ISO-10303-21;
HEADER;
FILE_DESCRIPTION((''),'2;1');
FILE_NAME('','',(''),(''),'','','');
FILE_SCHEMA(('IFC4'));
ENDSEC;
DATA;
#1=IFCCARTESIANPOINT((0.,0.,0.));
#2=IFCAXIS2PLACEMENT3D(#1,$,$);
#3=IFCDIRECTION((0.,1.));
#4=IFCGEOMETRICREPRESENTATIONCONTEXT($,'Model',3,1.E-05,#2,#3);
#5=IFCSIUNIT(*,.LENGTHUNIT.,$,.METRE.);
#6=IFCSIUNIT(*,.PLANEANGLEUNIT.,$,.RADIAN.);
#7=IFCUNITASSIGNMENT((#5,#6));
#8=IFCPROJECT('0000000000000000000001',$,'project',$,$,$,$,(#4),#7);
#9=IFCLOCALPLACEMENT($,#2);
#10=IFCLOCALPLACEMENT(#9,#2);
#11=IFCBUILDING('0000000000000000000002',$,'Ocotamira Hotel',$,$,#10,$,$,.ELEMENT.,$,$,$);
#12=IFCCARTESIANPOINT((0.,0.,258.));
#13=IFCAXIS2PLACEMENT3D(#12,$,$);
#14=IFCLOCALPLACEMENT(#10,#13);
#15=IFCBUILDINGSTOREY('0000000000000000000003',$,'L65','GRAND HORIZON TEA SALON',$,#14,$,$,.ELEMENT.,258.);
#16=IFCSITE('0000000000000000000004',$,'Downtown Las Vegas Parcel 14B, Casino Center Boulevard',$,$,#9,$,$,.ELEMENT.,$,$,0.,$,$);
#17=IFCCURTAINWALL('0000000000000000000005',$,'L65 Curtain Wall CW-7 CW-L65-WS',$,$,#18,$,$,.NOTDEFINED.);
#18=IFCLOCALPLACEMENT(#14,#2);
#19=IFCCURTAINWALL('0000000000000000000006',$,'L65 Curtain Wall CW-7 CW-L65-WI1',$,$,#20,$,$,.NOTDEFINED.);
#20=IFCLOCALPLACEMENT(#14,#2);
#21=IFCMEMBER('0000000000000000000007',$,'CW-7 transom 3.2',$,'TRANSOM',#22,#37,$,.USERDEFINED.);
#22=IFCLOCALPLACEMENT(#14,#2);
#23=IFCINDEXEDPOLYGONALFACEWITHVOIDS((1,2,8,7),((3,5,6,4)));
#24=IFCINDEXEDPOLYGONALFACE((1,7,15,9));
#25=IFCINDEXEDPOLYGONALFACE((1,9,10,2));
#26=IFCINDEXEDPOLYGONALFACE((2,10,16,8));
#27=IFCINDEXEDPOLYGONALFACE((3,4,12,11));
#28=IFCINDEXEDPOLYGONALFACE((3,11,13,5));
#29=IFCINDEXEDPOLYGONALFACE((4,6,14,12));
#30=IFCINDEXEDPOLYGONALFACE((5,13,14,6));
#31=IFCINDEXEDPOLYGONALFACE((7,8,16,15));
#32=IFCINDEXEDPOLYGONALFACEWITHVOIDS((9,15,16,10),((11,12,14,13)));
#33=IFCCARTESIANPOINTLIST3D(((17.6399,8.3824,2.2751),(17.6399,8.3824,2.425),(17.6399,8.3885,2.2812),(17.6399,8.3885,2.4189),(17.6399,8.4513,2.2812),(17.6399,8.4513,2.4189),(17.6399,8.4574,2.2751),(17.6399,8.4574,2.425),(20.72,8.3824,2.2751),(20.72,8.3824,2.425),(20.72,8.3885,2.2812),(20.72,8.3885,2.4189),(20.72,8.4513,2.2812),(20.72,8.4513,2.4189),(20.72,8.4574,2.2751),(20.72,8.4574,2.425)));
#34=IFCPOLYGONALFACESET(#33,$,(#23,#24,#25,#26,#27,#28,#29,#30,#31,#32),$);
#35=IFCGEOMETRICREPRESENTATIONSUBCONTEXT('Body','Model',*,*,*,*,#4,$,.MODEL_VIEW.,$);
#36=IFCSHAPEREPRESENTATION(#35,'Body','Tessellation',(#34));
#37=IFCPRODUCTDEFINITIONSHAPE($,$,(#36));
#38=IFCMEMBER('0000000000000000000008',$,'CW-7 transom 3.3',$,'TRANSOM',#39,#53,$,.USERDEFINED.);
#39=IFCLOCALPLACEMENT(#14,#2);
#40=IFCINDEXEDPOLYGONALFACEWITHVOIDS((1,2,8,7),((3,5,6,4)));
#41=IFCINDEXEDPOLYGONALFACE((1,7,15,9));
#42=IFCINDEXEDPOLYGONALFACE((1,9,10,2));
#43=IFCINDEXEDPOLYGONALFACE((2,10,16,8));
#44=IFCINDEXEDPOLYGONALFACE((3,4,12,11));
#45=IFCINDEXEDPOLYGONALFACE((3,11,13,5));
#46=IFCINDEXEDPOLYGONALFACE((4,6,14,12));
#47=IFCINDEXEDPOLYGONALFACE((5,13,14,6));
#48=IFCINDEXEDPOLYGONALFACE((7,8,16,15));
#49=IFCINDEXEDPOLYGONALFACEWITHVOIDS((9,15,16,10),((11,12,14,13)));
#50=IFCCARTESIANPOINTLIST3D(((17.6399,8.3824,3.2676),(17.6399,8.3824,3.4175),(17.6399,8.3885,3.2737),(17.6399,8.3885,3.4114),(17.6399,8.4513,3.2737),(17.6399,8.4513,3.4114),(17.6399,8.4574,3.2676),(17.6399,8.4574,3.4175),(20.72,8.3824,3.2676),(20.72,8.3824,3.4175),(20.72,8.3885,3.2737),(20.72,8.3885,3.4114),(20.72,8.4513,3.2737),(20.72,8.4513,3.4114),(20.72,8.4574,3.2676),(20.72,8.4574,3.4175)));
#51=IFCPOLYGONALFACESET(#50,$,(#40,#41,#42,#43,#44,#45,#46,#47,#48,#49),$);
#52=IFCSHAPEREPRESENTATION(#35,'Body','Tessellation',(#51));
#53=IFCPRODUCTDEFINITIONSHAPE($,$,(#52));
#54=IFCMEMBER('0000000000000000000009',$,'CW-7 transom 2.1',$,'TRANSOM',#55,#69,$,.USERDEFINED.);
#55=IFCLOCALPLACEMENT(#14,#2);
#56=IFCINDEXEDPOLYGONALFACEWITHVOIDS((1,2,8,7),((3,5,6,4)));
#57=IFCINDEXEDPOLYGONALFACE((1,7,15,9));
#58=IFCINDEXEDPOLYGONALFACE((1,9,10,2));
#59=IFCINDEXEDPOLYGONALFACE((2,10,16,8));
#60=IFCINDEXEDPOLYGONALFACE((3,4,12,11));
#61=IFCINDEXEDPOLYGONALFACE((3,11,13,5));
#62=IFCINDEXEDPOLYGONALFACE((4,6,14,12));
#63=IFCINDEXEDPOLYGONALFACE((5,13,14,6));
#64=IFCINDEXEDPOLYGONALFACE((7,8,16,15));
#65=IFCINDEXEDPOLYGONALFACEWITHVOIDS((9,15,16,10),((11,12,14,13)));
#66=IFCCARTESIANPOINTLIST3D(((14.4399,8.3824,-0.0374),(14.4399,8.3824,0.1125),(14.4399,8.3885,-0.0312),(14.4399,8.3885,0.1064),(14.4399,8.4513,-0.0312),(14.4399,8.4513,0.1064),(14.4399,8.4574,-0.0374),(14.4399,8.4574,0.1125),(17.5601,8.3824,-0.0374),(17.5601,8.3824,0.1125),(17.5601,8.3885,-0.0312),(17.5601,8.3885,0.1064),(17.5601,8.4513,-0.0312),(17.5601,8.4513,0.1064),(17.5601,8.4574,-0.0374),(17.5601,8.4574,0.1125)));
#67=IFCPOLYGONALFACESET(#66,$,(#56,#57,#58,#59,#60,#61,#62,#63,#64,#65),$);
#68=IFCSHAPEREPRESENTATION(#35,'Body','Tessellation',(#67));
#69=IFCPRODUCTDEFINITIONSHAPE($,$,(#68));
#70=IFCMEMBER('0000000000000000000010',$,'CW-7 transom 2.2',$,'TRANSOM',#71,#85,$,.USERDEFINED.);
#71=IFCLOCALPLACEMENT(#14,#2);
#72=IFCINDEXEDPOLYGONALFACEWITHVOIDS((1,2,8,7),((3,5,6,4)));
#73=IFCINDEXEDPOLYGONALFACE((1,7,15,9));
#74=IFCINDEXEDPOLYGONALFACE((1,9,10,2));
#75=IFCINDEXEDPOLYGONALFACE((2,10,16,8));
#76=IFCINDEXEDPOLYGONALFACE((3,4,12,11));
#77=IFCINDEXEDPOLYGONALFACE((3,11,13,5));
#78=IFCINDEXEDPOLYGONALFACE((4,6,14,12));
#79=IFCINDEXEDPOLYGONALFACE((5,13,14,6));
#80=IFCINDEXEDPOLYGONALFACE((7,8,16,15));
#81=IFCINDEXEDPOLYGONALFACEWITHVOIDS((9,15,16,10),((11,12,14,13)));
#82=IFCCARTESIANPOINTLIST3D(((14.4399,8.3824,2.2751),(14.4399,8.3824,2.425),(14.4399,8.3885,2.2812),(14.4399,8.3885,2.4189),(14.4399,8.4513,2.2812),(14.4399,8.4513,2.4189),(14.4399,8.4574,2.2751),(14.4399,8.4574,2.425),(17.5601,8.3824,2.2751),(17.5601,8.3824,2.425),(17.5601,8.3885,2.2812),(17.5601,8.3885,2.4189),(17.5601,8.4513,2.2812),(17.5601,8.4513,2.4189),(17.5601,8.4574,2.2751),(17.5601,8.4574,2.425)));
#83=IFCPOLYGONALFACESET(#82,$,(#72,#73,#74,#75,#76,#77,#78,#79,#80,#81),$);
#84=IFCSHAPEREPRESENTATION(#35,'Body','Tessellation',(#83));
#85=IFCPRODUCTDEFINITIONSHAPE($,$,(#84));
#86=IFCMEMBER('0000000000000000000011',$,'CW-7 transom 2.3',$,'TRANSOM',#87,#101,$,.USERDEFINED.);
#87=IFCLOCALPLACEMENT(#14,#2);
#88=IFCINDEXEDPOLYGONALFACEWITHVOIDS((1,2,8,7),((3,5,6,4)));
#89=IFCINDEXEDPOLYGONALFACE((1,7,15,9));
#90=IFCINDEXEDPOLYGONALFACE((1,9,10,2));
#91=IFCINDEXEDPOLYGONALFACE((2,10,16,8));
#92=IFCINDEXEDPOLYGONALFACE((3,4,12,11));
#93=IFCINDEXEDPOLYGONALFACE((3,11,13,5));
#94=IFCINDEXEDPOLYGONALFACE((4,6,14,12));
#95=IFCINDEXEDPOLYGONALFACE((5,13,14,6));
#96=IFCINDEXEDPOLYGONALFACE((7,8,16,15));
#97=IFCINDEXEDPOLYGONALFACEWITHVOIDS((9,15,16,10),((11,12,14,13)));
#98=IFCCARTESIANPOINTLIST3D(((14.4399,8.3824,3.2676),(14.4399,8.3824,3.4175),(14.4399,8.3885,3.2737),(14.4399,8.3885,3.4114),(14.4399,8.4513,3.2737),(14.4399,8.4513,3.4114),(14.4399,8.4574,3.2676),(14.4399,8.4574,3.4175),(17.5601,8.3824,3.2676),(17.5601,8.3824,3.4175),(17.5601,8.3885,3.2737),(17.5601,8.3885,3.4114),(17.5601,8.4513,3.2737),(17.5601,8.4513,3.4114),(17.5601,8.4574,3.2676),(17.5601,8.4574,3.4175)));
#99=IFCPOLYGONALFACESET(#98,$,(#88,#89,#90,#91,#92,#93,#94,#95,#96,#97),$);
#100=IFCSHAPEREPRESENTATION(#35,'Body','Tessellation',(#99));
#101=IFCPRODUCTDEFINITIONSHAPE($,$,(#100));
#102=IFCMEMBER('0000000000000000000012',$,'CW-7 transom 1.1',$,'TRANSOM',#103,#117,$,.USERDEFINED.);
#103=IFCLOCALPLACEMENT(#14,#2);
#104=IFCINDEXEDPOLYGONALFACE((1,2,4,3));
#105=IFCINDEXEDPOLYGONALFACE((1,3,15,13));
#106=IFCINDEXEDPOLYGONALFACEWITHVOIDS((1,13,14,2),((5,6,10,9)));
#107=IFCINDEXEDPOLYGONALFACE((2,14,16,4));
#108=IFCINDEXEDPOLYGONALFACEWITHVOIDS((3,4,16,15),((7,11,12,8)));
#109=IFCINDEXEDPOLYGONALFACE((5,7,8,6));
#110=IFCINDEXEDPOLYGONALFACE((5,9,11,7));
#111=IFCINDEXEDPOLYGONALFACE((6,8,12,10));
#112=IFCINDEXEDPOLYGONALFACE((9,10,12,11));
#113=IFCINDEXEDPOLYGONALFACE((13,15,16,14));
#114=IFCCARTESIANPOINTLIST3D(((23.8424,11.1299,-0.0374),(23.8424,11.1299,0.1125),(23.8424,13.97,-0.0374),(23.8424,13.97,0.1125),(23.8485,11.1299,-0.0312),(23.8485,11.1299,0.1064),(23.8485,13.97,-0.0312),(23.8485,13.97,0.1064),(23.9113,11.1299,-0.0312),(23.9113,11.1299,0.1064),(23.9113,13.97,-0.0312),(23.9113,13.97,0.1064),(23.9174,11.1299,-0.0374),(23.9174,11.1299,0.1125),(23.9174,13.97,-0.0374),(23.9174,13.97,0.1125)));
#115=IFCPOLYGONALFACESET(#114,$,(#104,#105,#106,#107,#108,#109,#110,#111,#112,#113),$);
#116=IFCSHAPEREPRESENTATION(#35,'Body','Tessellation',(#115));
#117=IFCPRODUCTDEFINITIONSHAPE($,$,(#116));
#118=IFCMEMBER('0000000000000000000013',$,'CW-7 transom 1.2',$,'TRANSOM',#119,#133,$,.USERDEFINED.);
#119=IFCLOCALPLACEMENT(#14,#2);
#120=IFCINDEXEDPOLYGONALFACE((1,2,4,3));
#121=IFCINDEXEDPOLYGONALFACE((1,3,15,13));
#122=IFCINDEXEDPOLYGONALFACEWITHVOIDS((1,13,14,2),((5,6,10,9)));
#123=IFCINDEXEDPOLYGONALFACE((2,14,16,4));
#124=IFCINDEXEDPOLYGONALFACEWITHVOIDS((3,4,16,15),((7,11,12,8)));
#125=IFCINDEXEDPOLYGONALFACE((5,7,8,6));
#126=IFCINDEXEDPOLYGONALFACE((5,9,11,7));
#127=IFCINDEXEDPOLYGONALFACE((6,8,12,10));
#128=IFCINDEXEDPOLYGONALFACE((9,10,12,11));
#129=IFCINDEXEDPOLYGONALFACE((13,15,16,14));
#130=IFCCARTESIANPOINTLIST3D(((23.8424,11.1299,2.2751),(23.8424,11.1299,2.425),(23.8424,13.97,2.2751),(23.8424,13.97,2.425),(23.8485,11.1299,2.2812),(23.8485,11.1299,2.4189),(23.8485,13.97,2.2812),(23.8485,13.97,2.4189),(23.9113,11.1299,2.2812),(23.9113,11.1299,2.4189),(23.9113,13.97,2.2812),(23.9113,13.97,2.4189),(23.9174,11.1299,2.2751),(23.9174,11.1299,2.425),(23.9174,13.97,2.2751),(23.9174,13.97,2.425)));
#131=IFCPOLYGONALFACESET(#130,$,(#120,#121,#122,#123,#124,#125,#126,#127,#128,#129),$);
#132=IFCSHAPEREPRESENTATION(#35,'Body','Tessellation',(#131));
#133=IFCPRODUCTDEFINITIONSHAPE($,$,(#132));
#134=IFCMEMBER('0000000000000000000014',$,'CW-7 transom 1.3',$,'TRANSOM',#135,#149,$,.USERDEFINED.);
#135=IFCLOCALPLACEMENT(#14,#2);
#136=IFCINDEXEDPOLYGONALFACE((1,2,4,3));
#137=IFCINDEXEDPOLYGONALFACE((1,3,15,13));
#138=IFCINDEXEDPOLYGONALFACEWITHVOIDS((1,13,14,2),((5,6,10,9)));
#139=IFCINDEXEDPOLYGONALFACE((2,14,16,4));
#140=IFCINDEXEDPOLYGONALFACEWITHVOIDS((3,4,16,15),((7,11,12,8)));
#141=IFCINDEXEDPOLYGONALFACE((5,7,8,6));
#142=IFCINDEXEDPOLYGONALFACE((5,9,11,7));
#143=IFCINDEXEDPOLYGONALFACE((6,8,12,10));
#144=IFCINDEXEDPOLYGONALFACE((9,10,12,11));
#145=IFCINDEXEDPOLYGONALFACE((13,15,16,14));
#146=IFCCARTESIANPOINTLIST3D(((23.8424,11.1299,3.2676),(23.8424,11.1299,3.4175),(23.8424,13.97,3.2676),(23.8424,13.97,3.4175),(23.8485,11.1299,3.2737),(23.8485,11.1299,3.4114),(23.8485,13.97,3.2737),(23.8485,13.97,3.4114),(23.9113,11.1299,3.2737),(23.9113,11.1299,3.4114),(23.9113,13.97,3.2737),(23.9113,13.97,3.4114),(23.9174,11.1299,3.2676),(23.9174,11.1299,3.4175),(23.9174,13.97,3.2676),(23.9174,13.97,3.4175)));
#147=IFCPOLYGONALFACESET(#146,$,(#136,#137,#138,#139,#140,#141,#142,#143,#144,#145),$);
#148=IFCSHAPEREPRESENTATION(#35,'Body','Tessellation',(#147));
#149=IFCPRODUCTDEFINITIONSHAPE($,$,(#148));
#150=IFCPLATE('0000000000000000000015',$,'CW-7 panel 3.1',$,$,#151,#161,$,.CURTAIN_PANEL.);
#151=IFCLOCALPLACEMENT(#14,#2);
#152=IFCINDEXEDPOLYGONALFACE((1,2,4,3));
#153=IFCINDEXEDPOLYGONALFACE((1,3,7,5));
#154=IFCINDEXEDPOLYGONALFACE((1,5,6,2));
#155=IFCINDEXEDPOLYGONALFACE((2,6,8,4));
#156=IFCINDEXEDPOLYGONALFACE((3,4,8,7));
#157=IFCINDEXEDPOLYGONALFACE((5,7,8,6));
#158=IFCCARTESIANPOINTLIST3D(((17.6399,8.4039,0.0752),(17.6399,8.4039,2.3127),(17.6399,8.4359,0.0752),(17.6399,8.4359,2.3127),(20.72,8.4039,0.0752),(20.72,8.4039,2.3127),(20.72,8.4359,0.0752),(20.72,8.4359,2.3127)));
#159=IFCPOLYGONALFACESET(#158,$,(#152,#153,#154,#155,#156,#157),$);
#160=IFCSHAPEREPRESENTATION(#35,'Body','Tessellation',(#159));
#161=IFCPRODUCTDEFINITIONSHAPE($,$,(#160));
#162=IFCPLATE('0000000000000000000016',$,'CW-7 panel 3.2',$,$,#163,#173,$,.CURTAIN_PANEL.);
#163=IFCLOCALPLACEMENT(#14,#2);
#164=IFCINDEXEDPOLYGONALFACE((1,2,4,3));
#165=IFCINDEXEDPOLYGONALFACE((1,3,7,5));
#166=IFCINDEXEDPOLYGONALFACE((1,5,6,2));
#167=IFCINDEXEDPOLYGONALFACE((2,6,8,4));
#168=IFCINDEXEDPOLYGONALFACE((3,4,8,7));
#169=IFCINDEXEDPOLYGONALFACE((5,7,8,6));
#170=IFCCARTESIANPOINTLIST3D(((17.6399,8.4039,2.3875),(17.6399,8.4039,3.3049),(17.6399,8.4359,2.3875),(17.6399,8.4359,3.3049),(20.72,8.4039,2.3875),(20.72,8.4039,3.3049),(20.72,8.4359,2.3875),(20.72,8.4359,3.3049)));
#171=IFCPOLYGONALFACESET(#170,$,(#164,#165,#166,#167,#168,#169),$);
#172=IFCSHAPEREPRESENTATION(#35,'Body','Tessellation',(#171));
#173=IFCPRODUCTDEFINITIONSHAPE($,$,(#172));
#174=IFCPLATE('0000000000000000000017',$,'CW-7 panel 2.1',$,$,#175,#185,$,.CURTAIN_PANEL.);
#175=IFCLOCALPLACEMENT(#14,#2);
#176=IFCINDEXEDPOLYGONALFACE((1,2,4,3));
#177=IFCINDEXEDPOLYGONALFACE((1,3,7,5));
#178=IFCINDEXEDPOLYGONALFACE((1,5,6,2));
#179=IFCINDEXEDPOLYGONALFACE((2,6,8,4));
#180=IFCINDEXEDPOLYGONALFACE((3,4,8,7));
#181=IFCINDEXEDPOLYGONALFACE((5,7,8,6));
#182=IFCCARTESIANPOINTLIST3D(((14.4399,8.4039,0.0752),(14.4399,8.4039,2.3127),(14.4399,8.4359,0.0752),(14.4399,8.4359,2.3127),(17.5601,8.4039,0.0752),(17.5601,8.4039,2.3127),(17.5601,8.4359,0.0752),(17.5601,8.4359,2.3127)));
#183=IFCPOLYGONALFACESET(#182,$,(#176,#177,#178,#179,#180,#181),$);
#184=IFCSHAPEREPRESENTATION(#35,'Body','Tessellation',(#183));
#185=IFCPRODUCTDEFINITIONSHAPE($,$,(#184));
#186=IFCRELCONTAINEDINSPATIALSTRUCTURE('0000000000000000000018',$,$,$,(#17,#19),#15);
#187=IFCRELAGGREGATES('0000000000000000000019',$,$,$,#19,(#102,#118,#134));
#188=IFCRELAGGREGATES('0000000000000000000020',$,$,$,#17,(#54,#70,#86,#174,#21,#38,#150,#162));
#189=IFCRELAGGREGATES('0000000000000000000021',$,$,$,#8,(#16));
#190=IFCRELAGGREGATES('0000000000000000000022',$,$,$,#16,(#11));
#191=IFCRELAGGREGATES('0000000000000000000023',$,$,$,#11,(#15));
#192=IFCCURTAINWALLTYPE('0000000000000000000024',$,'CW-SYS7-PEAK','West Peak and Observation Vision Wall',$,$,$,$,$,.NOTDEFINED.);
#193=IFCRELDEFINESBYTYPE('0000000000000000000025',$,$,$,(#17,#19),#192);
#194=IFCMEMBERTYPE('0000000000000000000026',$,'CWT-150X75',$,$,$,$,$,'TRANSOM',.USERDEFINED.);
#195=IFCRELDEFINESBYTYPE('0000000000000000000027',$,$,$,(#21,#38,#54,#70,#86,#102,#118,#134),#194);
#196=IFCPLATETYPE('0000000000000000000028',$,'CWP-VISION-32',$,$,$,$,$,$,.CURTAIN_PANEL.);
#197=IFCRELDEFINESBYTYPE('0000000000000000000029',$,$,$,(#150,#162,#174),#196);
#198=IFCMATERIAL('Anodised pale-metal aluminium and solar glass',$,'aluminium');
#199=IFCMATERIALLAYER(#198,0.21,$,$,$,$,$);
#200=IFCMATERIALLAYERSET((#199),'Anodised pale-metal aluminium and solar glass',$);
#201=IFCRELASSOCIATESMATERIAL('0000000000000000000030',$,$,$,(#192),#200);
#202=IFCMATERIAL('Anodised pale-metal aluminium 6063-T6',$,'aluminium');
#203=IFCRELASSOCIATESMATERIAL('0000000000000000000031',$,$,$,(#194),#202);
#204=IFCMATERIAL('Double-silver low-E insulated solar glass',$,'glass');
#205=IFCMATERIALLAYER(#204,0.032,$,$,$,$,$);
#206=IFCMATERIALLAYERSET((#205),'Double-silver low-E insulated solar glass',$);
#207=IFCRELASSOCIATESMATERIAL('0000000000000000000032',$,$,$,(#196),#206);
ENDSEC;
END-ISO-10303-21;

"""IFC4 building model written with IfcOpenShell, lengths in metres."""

from ifc_helpers import new_model, si_unit, direction, frame, origin, origin_2d, place, context, subcontext, project, spatial, rectangle, hollow_rectangle, extrude, source, transform, mapped, material, layer, layer_set, material_profile, profile_set, type_object, element, aggregate, save


model = new_model("IFC4")

# Units and contexts
model_context = context("Model", 3, precision=1e-05, world=origin(), true_north=direction((0.0, 1.0)))
body_context = subcontext(model_context, "Body", "Model", "MODEL_VIEW")
ifc_project = project(units=[si_unit("LENGTHUNIT", "METRE"), si_unit("PLANEANGLEUNIT", "RADIAN")], contexts=[model_context])

# Site, building, storey
site_placement = place(None, origin())
site = spatial("IfcSite", under=ifc_project, at=site_placement, Name="Downtown Las Vegas Parcel 14B, Casino Center Boulevard", CompositionType="ELEMENT", RefElevation=0.0)
building_placement = place(site_placement, origin())
building = spatial("IfcBuilding", under=site, at=building_placement, Name="Ocotamira Hotel", CompositionType="ELEMENT")
storey_placement = place(building_placement, frame((0.0, 0.0, 258.0)))
storey = spatial("IfcBuildingStorey", under=building, at=storey_placement, Name="L65", Description="GRAND HORIZON TEA SALON", CompositionType="ELEMENT", Elevation=258.0)

# Curtain wall
ifc_material_1 = material(Name="Anodised pale-metal aluminium and solar glass", Category="aluminium")
ifc_layer_1 = layer(ifc_material_1, 0.21)
ifc_layer_set_1 = layer_set([ifc_layer_1], Name="Anodised pale-metal aluminium and solar glass")
curtain_wall_type = type_object("IfcCurtainWallType", Name="CW-SYS7-PEAK", Description="West Peak and Observation Vision Wall", PredefinedType="NOTDEFINED", material=ifc_layer_set_1)
curtain_wall_1_placement = place(storey_placement, origin())
curtain_wall_1 = element("IfcCurtainWall", 1, at=curtain_wall_1_placement, inside=storey, type_object=curtain_wall_type, Name="L65 Curtain Wall CW-7 CW-L65-WS", PredefinedType="NOTDEFINED")
ifc_material_2 = material(Name="Anodised pale-metal aluminium 6063-T6", Category="aluminium")

# Curtain wall
curtain_wall_2_placement = place(storey_placement, origin())
curtain_wall_2 = element("IfcCurtainWall", 2, at=curtain_wall_2_placement, inside=storey, type_object=curtain_wall_type, Name="L65 Curtain Wall CW-7 CW-L65-WI1", PredefinedType="NOTDEFINED")

# Members
ifc_material_profile_1 = material_profile(ifc_material_2, hollow_rectangle(XDim=0.075, YDim=0.1499, WallThickness=0.0061, at=origin_2d()), Name="HSS150X75X6")
ifc_profile_set_1 = profile_set([ifc_material_profile_1], Name="Anodised pale-metal aluminium 6063-T6")
member_type_1 = type_object("IfcMemberType", Name="CWT-150X75", ElementType="TRANSOM", PredefinedType="USERDEFINED", material=ifc_profile_set_1)
shared_shape_1 = source(origin(), body_context, "Body", "SweptSolid", [
    extrude(hollow_rectangle(XDim=0.075, YDim=0.1499, WallThickness=0.0061, at=origin_2d()), origin(), (0.0, 0.0, 1.0), 3.0801),
])
member_1_placement = place(storey_placement, frame((17.6399, 8.4199, 2.3501), z_axis=(1.0, 0.0, 0.0), x_axis=(0.0, 1.0, 0.0)))
member_1 = element("IfcMember", 3, at=member_1_placement, type_object=member_type_1, Name="CW-7 transom 3.2", ObjectType="TRANSOM", PredefinedType="USERDEFINED", context=body_context, shape_type="MappedRepresentation", body=[
    mapped(shared_shape_1, transform((0.0, 0.0, 0.0), scale=1.0)),
])
member_2_placement = place(storey_placement, frame((17.6399, 8.4199, 3.3425), z_axis=(1.0, 0.0, 0.0), x_axis=(0.0, 1.0, 0.0)))
member_2 = element("IfcMember", 4, at=member_2_placement, type_object=member_type_1, Name="CW-7 transom 3.3", ObjectType="TRANSOM", PredefinedType="USERDEFINED", context=body_context, shape_type="MappedRepresentation", body=[
    mapped(shared_shape_1, transform((0.0, 0.0, 0.0), scale=1.0)),
])
shared_shape_2 = source(origin(), body_context, "Body", "SweptSolid", [
    extrude(hollow_rectangle(XDim=0.075, YDim=0.1499, WallThickness=0.0061, at=origin_2d()), origin(), (0.0, 0.0, 1.0), 3.1201),
])
member_3_placement = place(storey_placement, frame((14.4399, 8.4199, 0.0376), z_axis=(1.0, 0.0, 0.0), x_axis=(0.0, 1.0, 0.0)))
member_3 = element("IfcMember", 5, at=member_3_placement, type_object=member_type_1, Name="CW-7 transom 2.1", ObjectType="TRANSOM", PredefinedType="USERDEFINED", context=body_context, shape_type="MappedRepresentation", body=[
    mapped(shared_shape_2, transform((0.0, 0.0, 0.0), scale=1.0)),
])
member_4_placement = place(storey_placement, frame((14.4399, 8.4199, 2.3501), z_axis=(1.0, 0.0, 0.0), x_axis=(0.0, 1.0, 0.0)))
member_4 = element("IfcMember", 6, at=member_4_placement, type_object=member_type_1, Name="CW-7 transom 2.2", ObjectType="TRANSOM", PredefinedType="USERDEFINED", context=body_context, shape_type="MappedRepresentation", body=[
    mapped(shared_shape_2, transform((0.0, 0.0, 0.0), scale=1.0)),
])
member_5_placement = place(storey_placement, frame((14.4399, 8.4199, 3.3425), z_axis=(1.0, 0.0, 0.0), x_axis=(0.0, 1.0, 0.0)))
member_5 = element("IfcMember", 7, at=member_5_placement, type_object=member_type_1, Name="CW-7 transom 2.3", ObjectType="TRANSOM", PredefinedType="USERDEFINED", context=body_context, shape_type="MappedRepresentation", body=[
    mapped(shared_shape_2, transform((0.0, 0.0, 0.0), scale=1.0)),
])
shared_shape_3 = source(origin(), body_context, "Body", "SweptSolid", [
    extrude(hollow_rectangle(XDim=0.075, YDim=0.1499, WallThickness=0.0061, at=origin_2d()), origin(), (0.0, 0.0, 1.0), 2.8401),
])
member_6_placement = place(storey_placement, frame((23.8799, 11.1299, 0.0376), z_axis=(0.0, 1.0, 0.0), x_axis=(-1.0, 0.0, 0.0)))
member_6 = element("IfcMember", 8, at=member_6_placement, type_object=member_type_1, Name="CW-7 transom 1.1", ObjectType="TRANSOM", PredefinedType="USERDEFINED", context=body_context, shape_type="MappedRepresentation", body=[
    mapped(shared_shape_3, transform((0.0, 0.0, 0.0), scale=1.0)),
])
member_7_placement = place(storey_placement, frame((23.8799, 11.1299, 2.3501), z_axis=(0.0, 1.0, 0.0), x_axis=(-1.0, 0.0, 0.0)))
member_7 = element("IfcMember", 9, at=member_7_placement, type_object=member_type_1, Name="CW-7 transom 1.2", ObjectType="TRANSOM", PredefinedType="USERDEFINED", context=body_context, shape_type="MappedRepresentation", body=[
    mapped(shared_shape_3, transform((0.0, 0.0, 0.0), scale=1.0)),
])
member_8_placement = place(storey_placement, frame((23.8799, 11.1299, 3.3425), z_axis=(0.0, 1.0, 0.0), x_axis=(-1.0, 0.0, 0.0)))
member_8 = element("IfcMember", 10, at=member_8_placement, type_object=member_type_1, Name="CW-7 transom 1.3", ObjectType="TRANSOM", PredefinedType="USERDEFINED", context=body_context, shape_type="MappedRepresentation", body=[
    mapped(shared_shape_3, transform((0.0, 0.0, 0.0), scale=1.0)),
])
aggregate(curtain_wall_2, [member_6, member_7, member_8])

# Plates
ifc_material_3 = material(Name="Double-silver low-E insulated solar glass", Category="glass")
ifc_layer_2 = layer(ifc_material_3, 0.032)
ifc_layer_set_2 = layer_set([ifc_layer_2], Name="Double-silver low-E insulated solar glass")
plate_type = type_object("IfcPlateType", Name="CWP-VISION-32", PredefinedType="CURTAIN_PANEL", material=ifc_layer_set_2)
shared_shape_4 = source(origin(), body_context, "Body", "SweptSolid", [
    extrude(rectangle(XDim=3.0801, YDim=0.032, at=origin_2d()), origin(), (0.0, 0.0, 1.0), 2.2375),
])
plate_1_placement = place(storey_placement, frame((19.1799, 8.4199, 0.0752), z_axis=(0.0, 0.0, 1.0), x_axis=(1.0, 0.0, 0.0)))
plate_1 = element("IfcPlate", 11, at=plate_1_placement, type_object=plate_type, Name="CW-7 panel 3.1", PredefinedType="CURTAIN_PANEL", context=body_context, shape_type="MappedRepresentation", body=[
    mapped(shared_shape_4, transform((0.0, 0.0, 0.0), scale=1.0)),
])
shared_shape_5 = source(origin(), body_context, "Body", "SweptSolid", [
    extrude(rectangle(XDim=3.0801, YDim=0.032, at=origin_2d()), origin(), (0.0, 0.0, 1.0), 0.9175),
])
plate_2_placement = place(storey_placement, frame((19.1799, 8.4199, 2.3875), z_axis=(0.0, 0.0, 1.0), x_axis=(1.0, 0.0, 0.0)))
plate_2 = element("IfcPlate", 12, at=plate_2_placement, type_object=plate_type, Name="CW-7 panel 3.2", PredefinedType="CURTAIN_PANEL", context=body_context, shape_type="MappedRepresentation", body=[
    mapped(shared_shape_5, transform((0.0, 0.0, 0.0), scale=1.0)),
])
shared_shape_6 = source(origin(), body_context, "Body", "SweptSolid", [
    extrude(rectangle(XDim=3.1201, YDim=0.032, at=origin_2d()), origin(), (0.0, 0.0, 1.0), 2.2375),
])
plate_3_placement = place(storey_placement, frame((16.0, 8.4199, 0.0752), z_axis=(0.0, 0.0, 1.0), x_axis=(1.0, 0.0, 0.0)))
plate_3 = element("IfcPlate", 13, at=plate_3_placement, type_object=plate_type, Name="CW-7 panel 2.1", PredefinedType="CURTAIN_PANEL", context=body_context, shape_type="MappedRepresentation", body=[
    mapped(shared_shape_6, transform((0.0, 0.0, 0.0), scale=1.0)),
])
aggregate(curtain_wall_1, [member_3, member_4, member_5, plate_3, member_1, member_2, plate_1, plate_2])

save(model, "model.ifc")
